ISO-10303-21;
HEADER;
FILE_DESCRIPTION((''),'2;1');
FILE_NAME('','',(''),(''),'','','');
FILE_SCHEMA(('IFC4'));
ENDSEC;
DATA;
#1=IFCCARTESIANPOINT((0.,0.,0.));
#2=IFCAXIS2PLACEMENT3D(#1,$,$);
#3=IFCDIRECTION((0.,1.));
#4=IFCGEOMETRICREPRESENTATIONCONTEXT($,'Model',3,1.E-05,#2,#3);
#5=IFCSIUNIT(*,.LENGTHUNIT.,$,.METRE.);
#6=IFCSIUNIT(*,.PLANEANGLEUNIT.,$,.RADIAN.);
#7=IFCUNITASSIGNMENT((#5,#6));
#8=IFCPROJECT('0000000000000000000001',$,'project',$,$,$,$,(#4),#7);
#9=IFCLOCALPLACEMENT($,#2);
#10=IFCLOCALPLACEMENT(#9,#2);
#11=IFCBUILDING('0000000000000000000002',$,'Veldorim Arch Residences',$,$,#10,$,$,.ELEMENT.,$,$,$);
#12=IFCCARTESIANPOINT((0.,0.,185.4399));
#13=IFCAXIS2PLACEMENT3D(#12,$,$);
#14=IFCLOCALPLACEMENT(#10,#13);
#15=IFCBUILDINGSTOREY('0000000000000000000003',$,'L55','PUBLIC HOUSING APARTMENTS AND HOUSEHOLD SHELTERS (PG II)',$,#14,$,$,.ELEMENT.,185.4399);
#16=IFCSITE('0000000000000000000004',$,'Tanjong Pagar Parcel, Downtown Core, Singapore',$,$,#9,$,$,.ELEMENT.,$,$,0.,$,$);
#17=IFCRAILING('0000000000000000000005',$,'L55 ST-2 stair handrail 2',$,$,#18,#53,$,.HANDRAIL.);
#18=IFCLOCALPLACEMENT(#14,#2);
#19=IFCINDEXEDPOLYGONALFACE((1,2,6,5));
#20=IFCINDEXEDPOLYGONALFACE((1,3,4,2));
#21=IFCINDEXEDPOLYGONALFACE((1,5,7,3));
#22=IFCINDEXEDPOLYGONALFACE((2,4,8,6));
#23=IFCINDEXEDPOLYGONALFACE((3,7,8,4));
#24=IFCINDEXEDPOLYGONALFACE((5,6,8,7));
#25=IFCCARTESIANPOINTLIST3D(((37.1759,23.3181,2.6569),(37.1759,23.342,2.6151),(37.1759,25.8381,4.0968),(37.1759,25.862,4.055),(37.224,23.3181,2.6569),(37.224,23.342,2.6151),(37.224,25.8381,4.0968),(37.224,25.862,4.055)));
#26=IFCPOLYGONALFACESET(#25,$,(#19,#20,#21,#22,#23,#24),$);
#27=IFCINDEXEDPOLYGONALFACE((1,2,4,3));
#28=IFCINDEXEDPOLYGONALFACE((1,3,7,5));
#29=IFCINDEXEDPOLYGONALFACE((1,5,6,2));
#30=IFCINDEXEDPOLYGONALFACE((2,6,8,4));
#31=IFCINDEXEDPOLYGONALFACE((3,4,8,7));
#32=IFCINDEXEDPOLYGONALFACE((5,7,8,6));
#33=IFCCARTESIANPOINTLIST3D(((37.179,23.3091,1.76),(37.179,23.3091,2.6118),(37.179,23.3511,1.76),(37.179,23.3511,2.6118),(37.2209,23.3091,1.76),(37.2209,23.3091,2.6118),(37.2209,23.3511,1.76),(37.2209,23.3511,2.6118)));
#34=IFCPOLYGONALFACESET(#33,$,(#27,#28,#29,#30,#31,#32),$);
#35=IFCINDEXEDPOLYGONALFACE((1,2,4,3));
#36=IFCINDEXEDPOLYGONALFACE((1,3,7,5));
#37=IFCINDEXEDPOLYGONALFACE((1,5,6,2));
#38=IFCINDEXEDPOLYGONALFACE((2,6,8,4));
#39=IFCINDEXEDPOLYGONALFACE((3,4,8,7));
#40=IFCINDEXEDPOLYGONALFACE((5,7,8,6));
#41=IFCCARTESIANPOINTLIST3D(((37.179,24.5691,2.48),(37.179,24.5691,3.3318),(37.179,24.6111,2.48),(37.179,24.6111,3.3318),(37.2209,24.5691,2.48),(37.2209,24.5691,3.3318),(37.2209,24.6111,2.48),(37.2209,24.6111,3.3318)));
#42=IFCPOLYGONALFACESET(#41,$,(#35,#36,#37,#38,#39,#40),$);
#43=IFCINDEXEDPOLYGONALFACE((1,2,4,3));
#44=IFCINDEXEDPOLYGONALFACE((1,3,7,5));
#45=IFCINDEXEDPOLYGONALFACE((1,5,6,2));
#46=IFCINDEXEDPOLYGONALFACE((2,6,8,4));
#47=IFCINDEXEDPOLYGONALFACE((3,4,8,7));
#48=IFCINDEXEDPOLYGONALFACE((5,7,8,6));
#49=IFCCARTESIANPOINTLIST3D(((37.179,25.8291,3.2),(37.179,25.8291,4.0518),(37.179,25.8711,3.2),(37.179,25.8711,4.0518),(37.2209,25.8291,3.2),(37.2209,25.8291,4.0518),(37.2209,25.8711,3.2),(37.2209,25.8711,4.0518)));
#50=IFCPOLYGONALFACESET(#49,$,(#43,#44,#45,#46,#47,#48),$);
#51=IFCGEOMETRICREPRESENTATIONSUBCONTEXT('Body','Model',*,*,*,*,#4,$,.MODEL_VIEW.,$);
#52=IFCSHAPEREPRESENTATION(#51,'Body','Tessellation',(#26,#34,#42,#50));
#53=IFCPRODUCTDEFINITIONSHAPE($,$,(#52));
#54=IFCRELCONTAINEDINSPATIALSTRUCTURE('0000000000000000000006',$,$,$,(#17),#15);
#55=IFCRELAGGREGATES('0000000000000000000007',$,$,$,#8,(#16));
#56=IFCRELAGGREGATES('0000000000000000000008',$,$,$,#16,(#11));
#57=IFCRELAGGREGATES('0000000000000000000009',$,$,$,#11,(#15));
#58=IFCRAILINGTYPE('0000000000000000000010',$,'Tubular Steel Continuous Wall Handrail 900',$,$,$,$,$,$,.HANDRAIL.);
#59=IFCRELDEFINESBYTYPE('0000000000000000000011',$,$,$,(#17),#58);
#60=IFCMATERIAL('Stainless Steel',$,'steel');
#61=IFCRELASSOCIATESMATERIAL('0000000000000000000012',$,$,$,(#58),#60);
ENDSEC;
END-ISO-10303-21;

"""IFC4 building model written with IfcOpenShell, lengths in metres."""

from ifc_helpers import new_model, si_unit, direction, frame, origin, origin_2d, place, context, subcontext, project, spatial, rectangle, extrude, material, type_object, element, save


model = new_model("IFC4")

# Units and contexts
model_context = context("Model", 3, precision=1e-05, world=origin(), true_north=direction((0.0, 1.0)))
body_context = subcontext(model_context, "Body", "Model", "MODEL_VIEW")
ifc_project = project(units=[si_unit("LENGTHUNIT", "METRE"), si_unit("PLANEANGLEUNIT", "RADIAN")], contexts=[model_context])

# Site, building, storey
site_placement = place(None, origin())
site = spatial("IfcSite", under=ifc_project, at=site_placement, Name="Tanjong Pagar Parcel, Downtown Core, Singapore", CompositionType="ELEMENT", RefElevation=0.0)
building_placement = place(site_placement, origin())
building = spatial("IfcBuilding", under=site, at=building_placement, Name="Veldorim Arch Residences", CompositionType="ELEMENT")
storey_placement = place(building_placement, frame((0.0, 0.0, 185.4399)))
storey = spatial("IfcBuildingStorey", under=building, at=storey_placement, Name="L55", Description="PUBLIC HOUSING APARTMENTS AND HOUSEHOLD SHELTERS (PG II)", CompositionType="ELEMENT", Elevation=185.4399)

# Railing
ifc_material_1 = material(Name="Stainless Steel", Category="steel")
railing_type_1 = type_object("IfcRailingType", Name="Tubular Steel Continuous Wall Handrail 900", PredefinedType="HANDRAIL", material=ifc_material_1)
railing_1_placement = place(storey_placement, frame((37.2, 23.3301, 1.76)))
element("IfcRailing", 1, at=railing_1_placement, inside=storey, type_object=railing_type_1, Name="L55 ST-2 stair handrail 2", PredefinedType="HANDRAIL", context=body_context, shape_type="SweptSolid", body=[
    extrude(rectangle(XDim=0.0481, YDim=0.0481, at=origin_2d()), frame((0.0, 0.0, 0.876), z_axis=(0.0, 0.868253, 0.496121), x_axis=(-1.0, 0.0, 0.0)), (0.0, 0.0, 1.0), 2.9023),
    extrude(rectangle(XDim=0.042, YDim=0.042, at=origin_2d()), origin(), (0.0, 0.0, 1.0), 0.8518),
    extrude(rectangle(XDim=0.042, YDim=0.042, at=origin_2d()), frame((0.0, 1.26, 0.72)), (0.0, 0.0, 1.0), 0.8518),
    extrude(rectangle(XDim=0.042, YDim=0.042, at=origin_2d()), frame((0.0, 2.52, 1.4399)), (0.0, 0.0, 1.0), 0.8518),
])

save(model, "model.ifc")
